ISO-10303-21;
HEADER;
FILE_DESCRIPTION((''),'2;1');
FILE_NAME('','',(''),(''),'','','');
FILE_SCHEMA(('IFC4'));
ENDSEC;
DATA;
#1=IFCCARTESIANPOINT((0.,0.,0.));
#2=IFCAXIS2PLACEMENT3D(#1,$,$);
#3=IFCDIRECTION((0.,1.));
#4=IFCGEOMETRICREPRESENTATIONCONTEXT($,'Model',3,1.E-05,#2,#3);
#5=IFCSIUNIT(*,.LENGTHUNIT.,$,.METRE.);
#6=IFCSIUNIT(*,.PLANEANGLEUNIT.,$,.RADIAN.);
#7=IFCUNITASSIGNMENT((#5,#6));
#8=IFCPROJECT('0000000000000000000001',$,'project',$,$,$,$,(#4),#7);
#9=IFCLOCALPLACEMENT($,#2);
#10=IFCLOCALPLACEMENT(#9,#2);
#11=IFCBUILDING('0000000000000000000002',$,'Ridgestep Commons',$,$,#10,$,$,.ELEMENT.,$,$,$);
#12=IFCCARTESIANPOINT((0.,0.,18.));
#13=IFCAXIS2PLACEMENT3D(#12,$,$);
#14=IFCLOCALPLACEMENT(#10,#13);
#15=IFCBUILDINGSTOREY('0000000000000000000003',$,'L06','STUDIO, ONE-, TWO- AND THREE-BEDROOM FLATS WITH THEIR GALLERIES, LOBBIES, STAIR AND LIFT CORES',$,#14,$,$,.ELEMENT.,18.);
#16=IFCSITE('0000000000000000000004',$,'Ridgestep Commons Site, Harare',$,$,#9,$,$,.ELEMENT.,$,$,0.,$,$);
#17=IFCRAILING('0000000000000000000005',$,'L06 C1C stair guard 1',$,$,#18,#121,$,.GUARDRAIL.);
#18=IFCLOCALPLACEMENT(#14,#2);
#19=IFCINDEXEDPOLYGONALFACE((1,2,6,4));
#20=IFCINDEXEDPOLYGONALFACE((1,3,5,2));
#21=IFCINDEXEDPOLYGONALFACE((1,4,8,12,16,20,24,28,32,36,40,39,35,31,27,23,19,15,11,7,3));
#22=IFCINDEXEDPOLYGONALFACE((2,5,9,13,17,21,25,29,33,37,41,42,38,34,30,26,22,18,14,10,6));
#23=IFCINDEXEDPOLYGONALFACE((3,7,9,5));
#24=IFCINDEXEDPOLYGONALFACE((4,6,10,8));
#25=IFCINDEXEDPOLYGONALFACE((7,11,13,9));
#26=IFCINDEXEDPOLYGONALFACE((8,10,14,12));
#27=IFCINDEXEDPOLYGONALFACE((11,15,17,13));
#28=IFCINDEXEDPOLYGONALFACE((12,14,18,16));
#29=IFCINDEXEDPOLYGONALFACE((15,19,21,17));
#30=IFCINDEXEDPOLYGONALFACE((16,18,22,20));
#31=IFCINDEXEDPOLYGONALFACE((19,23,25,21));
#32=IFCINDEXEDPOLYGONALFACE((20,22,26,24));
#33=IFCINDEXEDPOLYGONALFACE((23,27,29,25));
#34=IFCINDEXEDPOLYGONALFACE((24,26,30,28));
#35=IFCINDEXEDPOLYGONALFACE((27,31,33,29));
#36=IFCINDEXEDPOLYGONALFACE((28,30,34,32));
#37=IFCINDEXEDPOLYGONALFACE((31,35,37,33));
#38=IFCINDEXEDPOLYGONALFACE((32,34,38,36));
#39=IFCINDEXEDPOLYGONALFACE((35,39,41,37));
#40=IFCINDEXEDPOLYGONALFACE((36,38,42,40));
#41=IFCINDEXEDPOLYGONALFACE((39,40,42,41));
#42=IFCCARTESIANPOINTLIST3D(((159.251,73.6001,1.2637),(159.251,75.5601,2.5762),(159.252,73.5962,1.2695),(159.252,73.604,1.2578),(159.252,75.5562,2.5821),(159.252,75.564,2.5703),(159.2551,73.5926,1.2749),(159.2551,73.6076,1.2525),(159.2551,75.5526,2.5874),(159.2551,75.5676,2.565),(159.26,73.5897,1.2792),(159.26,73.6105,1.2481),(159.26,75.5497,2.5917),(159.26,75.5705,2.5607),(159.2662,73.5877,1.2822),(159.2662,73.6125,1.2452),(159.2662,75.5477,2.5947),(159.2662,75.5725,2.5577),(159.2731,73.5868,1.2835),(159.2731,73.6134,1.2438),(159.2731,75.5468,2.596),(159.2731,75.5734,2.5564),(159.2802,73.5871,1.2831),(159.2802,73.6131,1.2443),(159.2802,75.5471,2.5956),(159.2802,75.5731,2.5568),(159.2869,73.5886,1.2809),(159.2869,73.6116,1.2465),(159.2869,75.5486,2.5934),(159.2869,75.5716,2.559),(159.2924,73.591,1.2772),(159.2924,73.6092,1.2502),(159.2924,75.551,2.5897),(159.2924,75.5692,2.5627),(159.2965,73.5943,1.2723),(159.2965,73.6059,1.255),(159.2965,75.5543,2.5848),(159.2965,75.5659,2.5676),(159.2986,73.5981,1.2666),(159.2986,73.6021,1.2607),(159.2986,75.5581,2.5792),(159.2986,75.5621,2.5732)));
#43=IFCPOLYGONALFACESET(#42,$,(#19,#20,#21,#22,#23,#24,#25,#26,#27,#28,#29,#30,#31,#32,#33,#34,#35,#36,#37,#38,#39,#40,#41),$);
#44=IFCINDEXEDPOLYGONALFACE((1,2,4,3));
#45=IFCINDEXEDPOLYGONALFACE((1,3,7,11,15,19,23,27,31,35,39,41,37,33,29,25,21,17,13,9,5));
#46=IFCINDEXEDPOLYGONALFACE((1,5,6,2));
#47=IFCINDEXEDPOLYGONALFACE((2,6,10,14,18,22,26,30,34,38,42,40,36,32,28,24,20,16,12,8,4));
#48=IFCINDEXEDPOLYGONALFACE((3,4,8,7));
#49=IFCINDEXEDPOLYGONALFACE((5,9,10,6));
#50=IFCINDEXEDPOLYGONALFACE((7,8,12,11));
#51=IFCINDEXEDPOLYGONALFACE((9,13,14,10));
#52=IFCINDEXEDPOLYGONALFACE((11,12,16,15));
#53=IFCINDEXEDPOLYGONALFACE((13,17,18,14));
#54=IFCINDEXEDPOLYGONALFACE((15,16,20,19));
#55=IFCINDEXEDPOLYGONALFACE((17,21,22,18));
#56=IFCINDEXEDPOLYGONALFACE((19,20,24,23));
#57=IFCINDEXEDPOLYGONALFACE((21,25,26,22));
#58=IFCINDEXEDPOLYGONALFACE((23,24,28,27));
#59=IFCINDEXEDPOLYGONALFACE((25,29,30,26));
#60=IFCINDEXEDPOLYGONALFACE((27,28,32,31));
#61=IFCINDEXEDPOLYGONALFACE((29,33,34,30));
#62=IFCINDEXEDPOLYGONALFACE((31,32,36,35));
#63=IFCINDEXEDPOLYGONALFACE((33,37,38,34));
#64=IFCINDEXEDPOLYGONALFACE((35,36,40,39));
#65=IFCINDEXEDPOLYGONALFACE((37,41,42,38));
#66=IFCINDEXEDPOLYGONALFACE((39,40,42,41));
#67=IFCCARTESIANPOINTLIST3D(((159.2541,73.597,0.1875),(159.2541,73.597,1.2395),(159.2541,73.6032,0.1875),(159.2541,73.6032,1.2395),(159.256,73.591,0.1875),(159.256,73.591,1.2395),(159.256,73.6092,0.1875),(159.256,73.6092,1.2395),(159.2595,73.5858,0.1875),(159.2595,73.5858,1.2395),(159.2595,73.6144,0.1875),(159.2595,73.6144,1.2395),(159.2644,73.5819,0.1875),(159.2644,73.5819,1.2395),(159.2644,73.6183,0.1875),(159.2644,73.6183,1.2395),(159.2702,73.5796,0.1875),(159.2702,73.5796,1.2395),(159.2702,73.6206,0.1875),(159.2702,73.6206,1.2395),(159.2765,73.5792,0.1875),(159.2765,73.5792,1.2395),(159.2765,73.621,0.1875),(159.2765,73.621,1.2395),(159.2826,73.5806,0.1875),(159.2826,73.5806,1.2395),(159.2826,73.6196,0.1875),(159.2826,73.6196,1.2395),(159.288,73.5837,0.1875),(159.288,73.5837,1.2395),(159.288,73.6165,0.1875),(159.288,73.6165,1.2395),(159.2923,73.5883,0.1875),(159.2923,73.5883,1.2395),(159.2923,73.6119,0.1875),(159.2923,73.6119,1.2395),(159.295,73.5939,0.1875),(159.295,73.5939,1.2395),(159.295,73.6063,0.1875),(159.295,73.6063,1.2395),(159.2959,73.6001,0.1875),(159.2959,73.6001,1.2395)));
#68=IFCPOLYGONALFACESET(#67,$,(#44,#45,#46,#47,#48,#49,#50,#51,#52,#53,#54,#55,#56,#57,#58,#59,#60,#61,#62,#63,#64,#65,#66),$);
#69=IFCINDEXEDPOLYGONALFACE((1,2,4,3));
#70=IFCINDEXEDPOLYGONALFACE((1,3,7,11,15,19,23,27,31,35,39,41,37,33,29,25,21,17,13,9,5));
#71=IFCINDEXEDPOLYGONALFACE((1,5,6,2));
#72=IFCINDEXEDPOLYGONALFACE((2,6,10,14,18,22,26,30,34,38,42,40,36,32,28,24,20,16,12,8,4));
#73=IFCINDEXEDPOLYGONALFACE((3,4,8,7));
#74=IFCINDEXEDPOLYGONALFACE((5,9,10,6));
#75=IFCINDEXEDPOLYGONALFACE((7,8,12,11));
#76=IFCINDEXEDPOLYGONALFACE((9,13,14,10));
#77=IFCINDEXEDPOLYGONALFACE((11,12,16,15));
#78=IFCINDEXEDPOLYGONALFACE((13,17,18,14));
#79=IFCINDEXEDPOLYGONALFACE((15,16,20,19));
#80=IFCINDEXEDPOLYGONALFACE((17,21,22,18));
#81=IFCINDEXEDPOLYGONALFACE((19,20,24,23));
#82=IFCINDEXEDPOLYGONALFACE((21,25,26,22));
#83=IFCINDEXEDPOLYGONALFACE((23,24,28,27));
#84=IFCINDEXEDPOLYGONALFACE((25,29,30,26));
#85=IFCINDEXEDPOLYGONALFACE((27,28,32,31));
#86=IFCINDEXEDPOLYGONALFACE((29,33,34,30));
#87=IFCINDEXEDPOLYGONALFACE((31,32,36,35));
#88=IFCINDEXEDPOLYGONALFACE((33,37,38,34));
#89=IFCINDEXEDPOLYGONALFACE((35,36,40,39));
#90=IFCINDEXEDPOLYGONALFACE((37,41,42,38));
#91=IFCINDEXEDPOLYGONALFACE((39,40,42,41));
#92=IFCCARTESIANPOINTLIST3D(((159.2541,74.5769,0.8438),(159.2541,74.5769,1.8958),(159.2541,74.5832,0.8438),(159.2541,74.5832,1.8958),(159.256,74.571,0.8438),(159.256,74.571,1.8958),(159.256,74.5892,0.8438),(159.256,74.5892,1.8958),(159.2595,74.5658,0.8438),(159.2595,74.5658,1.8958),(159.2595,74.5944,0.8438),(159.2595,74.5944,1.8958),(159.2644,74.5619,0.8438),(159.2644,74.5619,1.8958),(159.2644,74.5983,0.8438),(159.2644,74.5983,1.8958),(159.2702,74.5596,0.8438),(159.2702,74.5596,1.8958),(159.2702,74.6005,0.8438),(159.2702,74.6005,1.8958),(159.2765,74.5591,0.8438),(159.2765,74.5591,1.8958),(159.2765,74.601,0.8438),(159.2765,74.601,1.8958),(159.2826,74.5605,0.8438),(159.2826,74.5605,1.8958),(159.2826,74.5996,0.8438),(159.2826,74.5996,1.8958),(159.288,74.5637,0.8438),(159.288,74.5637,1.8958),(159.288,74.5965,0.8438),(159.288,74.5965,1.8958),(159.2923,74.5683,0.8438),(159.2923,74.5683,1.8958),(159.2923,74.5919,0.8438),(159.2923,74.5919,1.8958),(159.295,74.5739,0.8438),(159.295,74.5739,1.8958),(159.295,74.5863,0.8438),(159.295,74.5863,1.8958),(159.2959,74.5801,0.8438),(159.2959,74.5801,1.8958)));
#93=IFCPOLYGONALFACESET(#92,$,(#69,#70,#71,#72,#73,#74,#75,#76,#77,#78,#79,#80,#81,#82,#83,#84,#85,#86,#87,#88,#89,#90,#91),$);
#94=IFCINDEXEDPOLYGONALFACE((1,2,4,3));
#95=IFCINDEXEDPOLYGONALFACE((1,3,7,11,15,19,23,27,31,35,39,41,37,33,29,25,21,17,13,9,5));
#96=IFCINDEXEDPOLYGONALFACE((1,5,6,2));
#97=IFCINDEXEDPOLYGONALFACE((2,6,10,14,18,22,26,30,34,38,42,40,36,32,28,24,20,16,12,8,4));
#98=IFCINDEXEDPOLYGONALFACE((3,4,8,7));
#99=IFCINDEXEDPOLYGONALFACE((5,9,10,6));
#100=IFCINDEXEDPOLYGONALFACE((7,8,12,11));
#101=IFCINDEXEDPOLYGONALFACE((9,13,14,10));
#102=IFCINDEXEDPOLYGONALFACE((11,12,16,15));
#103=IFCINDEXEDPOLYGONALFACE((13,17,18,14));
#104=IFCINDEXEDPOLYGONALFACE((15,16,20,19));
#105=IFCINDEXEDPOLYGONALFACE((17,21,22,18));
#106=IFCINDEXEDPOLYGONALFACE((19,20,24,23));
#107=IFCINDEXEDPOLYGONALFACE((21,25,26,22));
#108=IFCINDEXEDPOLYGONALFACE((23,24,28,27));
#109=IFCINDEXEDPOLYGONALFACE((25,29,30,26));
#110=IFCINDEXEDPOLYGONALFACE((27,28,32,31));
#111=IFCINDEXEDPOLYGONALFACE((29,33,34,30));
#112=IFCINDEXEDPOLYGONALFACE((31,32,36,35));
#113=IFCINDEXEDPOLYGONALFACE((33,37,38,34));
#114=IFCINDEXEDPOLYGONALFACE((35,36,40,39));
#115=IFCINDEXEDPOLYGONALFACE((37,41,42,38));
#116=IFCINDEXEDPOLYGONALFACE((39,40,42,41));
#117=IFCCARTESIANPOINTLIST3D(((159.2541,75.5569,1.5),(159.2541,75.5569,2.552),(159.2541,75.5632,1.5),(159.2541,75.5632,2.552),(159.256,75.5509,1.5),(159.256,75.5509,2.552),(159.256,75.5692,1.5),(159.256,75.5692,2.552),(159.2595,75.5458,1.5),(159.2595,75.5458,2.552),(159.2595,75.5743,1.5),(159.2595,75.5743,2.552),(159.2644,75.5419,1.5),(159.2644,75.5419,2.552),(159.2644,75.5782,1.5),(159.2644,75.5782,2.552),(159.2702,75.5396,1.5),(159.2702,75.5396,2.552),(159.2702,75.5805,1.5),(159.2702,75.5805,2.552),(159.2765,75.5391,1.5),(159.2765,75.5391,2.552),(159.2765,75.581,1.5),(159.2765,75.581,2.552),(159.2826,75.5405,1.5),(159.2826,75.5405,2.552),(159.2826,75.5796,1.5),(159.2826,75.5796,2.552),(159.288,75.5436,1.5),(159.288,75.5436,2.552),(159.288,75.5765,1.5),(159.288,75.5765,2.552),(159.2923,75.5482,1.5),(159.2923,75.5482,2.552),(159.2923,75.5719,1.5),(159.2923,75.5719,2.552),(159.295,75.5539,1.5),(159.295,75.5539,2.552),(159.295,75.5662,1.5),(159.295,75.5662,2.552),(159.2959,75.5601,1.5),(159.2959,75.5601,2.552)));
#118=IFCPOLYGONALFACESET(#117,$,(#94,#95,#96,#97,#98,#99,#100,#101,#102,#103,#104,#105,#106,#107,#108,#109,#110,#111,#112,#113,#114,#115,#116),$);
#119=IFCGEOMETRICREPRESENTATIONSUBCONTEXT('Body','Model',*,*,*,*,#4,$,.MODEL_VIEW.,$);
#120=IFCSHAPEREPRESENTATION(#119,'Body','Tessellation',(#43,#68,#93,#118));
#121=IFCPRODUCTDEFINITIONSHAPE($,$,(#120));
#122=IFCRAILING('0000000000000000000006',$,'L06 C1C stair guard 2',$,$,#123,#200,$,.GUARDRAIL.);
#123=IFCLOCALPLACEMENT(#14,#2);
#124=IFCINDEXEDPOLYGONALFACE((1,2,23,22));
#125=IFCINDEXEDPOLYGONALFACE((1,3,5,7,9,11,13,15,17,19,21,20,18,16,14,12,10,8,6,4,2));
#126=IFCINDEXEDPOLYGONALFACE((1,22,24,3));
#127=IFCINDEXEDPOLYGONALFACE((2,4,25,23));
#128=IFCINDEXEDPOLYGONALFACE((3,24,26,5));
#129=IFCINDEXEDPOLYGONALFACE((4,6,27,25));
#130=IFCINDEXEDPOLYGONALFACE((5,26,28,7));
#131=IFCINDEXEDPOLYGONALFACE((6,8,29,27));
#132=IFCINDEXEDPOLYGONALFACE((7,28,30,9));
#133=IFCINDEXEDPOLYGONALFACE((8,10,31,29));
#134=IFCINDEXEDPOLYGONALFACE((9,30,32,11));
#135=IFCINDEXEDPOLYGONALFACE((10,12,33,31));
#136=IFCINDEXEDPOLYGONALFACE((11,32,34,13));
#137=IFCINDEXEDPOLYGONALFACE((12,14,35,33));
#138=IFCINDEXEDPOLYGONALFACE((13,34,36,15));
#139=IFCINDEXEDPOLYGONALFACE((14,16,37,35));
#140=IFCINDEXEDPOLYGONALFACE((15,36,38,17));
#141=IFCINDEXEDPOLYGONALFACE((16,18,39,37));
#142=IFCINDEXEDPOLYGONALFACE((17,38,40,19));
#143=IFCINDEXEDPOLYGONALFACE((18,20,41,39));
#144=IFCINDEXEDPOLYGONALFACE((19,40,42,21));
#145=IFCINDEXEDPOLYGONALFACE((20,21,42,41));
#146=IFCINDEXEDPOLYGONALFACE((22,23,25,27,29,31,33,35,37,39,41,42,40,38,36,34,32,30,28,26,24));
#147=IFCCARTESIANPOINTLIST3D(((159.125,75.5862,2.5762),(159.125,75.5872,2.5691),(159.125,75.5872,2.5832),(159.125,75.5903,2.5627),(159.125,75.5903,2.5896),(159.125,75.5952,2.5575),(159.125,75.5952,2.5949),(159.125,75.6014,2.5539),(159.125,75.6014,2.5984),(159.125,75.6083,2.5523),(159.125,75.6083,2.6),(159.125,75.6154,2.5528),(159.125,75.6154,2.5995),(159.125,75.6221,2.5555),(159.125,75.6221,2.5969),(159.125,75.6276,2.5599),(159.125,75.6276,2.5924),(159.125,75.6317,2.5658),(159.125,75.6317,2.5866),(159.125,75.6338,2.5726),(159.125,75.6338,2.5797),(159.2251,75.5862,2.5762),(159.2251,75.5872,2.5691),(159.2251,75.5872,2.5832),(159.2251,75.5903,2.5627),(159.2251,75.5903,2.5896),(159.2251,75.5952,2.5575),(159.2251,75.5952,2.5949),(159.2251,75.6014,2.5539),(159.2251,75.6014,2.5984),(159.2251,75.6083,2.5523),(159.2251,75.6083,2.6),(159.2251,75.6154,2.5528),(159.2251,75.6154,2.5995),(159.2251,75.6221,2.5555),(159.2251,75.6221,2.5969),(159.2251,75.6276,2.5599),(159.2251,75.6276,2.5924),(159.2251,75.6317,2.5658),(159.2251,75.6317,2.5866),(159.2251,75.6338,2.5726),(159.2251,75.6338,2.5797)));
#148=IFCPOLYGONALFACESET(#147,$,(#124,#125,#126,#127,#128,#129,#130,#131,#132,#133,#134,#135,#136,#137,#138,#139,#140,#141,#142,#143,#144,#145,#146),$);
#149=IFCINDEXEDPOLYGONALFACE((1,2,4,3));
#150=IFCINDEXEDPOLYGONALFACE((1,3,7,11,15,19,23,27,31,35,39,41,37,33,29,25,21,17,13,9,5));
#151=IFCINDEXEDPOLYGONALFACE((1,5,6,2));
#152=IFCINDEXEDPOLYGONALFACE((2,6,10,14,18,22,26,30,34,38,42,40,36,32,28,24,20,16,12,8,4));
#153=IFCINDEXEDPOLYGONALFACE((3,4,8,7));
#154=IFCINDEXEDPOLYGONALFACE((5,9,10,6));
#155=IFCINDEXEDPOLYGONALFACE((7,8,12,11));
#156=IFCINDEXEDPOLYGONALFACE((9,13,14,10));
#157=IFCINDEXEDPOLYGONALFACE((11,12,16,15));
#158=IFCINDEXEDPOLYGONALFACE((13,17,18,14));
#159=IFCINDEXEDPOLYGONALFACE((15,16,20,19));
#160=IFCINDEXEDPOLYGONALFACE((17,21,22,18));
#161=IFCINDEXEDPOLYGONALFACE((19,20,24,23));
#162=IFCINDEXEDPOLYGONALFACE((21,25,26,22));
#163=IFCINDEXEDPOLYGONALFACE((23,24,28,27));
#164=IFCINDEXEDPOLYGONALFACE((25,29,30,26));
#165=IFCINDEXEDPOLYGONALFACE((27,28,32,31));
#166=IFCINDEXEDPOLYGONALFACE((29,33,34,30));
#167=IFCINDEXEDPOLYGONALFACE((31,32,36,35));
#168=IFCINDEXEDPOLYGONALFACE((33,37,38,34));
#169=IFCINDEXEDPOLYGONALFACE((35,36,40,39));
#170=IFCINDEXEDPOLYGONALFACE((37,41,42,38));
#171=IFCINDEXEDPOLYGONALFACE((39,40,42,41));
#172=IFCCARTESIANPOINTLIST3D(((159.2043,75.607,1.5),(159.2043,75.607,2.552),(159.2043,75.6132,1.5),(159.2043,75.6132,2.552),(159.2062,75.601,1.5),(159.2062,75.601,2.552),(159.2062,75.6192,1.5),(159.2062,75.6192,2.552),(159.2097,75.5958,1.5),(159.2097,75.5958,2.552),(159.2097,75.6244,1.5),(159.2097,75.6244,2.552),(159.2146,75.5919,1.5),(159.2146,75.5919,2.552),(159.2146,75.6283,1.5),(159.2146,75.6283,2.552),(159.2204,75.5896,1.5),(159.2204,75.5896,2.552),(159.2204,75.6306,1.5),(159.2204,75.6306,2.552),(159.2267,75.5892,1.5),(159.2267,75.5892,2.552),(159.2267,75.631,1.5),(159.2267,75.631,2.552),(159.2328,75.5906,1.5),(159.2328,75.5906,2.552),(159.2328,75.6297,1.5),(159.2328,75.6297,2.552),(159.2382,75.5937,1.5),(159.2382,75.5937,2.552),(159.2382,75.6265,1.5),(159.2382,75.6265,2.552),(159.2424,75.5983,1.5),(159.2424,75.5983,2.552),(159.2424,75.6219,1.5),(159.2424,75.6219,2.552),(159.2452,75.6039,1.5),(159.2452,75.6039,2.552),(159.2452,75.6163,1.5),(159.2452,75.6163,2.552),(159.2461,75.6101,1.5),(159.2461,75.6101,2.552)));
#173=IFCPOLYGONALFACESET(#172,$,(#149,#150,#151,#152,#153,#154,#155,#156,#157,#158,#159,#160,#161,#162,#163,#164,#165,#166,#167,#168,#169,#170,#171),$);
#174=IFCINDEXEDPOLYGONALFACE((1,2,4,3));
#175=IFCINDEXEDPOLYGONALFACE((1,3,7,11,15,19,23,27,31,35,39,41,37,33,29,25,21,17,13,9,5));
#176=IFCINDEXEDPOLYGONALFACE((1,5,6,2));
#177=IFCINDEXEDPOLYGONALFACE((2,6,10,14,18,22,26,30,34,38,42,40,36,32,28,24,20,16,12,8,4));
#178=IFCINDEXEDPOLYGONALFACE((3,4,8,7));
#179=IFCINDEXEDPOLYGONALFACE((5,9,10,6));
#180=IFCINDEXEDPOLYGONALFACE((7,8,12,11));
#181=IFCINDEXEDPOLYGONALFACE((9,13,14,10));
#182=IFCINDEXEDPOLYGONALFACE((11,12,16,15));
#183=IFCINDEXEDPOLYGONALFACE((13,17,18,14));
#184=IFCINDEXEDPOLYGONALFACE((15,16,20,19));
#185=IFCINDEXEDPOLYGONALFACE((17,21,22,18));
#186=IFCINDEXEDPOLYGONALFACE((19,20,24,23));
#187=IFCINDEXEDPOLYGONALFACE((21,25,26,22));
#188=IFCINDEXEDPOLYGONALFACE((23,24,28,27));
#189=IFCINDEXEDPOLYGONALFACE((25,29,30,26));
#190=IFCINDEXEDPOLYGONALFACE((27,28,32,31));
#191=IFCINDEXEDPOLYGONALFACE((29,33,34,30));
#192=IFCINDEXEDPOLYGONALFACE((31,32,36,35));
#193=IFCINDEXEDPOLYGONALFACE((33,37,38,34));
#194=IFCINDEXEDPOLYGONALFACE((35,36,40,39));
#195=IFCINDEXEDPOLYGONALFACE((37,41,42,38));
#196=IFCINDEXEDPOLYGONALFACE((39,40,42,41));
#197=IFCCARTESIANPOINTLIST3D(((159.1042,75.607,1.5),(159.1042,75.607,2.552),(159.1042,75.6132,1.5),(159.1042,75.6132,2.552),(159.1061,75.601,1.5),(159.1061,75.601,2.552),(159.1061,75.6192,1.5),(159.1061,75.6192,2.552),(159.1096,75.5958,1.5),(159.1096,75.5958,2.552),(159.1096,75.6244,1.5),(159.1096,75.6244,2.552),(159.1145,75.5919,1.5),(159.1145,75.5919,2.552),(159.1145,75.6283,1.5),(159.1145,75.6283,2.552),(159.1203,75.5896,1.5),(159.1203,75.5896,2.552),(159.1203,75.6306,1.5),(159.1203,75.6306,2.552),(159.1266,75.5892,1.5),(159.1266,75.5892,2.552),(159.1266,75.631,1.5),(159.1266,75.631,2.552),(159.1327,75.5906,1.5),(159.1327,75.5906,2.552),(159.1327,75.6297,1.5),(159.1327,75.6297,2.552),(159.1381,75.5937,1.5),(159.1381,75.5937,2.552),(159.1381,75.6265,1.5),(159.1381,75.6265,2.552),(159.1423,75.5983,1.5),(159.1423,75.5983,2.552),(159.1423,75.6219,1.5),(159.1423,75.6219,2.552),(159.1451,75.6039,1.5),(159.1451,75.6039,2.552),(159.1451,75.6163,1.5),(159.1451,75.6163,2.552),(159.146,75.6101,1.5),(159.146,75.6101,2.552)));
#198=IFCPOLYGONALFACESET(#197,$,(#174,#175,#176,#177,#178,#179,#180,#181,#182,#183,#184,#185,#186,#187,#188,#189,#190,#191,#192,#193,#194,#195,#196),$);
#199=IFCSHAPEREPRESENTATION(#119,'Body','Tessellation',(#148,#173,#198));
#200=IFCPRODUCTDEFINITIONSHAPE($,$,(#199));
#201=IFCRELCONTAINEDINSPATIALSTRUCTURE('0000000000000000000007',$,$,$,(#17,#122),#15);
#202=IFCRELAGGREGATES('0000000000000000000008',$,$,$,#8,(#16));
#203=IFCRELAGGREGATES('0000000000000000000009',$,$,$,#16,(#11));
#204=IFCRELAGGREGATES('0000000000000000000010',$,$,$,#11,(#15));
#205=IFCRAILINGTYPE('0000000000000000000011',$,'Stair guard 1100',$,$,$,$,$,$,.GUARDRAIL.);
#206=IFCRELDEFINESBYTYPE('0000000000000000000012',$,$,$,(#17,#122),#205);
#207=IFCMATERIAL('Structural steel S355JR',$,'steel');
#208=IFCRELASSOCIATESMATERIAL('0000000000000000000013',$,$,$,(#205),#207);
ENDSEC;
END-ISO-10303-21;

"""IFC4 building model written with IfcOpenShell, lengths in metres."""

from ifc_helpers import new_model, si_unit, direction, frame, origin, origin_2d, place, context, subcontext, project, spatial, circle, extrude, material, type_object, element, save


model = new_model("IFC4")

# Units and contexts
model_context = context("Model", 3, precision=1e-05, world=origin(), true_north=direction((0.0, 1.0)))
body_context = subcontext(model_context, "Body", "Model", "MODEL_VIEW")
ifc_project = project(units=[si_unit("LENGTHUNIT", "METRE"), si_unit("PLANEANGLEUNIT", "RADIAN")], contexts=[model_context])

# Site, building, storey
site_placement = place(None, origin())
site = spatial("IfcSite", under=ifc_project, at=site_placement, Name="Ridgestep Commons Site, Harare", CompositionType="ELEMENT", RefElevation=0.0)
building_placement = place(site_placement, origin())
building = spatial("IfcBuilding", under=site, at=building_placement, Name="Ridgestep Commons", CompositionType="ELEMENT")
storey_placement = place(building_placement, frame((0.0, 0.0, 18.0)))
storey = spatial("IfcBuildingStorey", under=building, at=storey_placement, Name="L06", Description="STUDIO, ONE-, TWO- AND THREE-BEDROOM FLATS WITH THEIR GALLERIES, LOBBIES, STAIR AND LIFT CORES", CompositionType="ELEMENT", Elevation=18.0)

# Railings
ifc_material_1 = material(Name="Structural steel S355JR", Category="steel")
railing_type_1 = type_object("IfcRailingType", Name="Stair guard 1100", PredefinedType="GUARDRAIL", material=ifc_material_1)
railing_1_placement = place(storey_placement, frame((159.2749, 73.6001, 0.1875)))
element("IfcRailing", 1, at=railing_1_placement, inside=storey, type_object=railing_type_1, Name="L06 C1C stair guard 1", PredefinedType="GUARDRAIL", context=body_context, shape_type="SweptSolid", body=[
    extrude(circle(Radius=0.0239, at=origin_2d()), frame((0.0, 0.0, 1.0762), z_axis=(0.0, 0.830902, 0.556419), x_axis=(-1.0, 0.0, 0.0)), (0.0, 0.0, 1.0), 2.3589),
    extrude(circle(Radius=0.021, at=origin_2d()), origin(), (0.0, 0.0, 1.0), 1.052),
    extrude(circle(Radius=0.021, at=origin_2d()), frame((0.0, 0.98, 0.6562)), (0.0, 0.0, 1.0), 1.052),
    extrude(circle(Radius=0.021, at=origin_2d()), frame((0.0, 1.96, 1.3125)), (0.0, 0.0, 1.0), 1.052),
])
railing_2_placement = place(storey_placement, frame((159.2251, 75.6101, 1.5)))
element("IfcRailing", 2, at=railing_2_placement, inside=storey, type_object=railing_type_1, Name="L06 C1C stair guard 2", PredefinedType="GUARDRAIL", context=body_context, shape_type="SweptSolid", body=[
    extrude(circle(Radius=0.0239, at=origin_2d()), frame((0.0, 0.0, 1.0762), z_axis=(-1.0, 0.0, 0.0), x_axis=(0.0, -1.0, 0.0)), (0.0, 0.0, 1.0), 0.1001),
    extrude(circle(Radius=0.021, at=origin_2d()), origin(), (0.0, 0.0, 1.0), 1.052),
    extrude(circle(Radius=0.021, at=origin_2d()), frame((-0.1001, 0.0, 0.0)), (0.0, 0.0, 1.0), 1.052),
])

save(model, "model.ifc")
